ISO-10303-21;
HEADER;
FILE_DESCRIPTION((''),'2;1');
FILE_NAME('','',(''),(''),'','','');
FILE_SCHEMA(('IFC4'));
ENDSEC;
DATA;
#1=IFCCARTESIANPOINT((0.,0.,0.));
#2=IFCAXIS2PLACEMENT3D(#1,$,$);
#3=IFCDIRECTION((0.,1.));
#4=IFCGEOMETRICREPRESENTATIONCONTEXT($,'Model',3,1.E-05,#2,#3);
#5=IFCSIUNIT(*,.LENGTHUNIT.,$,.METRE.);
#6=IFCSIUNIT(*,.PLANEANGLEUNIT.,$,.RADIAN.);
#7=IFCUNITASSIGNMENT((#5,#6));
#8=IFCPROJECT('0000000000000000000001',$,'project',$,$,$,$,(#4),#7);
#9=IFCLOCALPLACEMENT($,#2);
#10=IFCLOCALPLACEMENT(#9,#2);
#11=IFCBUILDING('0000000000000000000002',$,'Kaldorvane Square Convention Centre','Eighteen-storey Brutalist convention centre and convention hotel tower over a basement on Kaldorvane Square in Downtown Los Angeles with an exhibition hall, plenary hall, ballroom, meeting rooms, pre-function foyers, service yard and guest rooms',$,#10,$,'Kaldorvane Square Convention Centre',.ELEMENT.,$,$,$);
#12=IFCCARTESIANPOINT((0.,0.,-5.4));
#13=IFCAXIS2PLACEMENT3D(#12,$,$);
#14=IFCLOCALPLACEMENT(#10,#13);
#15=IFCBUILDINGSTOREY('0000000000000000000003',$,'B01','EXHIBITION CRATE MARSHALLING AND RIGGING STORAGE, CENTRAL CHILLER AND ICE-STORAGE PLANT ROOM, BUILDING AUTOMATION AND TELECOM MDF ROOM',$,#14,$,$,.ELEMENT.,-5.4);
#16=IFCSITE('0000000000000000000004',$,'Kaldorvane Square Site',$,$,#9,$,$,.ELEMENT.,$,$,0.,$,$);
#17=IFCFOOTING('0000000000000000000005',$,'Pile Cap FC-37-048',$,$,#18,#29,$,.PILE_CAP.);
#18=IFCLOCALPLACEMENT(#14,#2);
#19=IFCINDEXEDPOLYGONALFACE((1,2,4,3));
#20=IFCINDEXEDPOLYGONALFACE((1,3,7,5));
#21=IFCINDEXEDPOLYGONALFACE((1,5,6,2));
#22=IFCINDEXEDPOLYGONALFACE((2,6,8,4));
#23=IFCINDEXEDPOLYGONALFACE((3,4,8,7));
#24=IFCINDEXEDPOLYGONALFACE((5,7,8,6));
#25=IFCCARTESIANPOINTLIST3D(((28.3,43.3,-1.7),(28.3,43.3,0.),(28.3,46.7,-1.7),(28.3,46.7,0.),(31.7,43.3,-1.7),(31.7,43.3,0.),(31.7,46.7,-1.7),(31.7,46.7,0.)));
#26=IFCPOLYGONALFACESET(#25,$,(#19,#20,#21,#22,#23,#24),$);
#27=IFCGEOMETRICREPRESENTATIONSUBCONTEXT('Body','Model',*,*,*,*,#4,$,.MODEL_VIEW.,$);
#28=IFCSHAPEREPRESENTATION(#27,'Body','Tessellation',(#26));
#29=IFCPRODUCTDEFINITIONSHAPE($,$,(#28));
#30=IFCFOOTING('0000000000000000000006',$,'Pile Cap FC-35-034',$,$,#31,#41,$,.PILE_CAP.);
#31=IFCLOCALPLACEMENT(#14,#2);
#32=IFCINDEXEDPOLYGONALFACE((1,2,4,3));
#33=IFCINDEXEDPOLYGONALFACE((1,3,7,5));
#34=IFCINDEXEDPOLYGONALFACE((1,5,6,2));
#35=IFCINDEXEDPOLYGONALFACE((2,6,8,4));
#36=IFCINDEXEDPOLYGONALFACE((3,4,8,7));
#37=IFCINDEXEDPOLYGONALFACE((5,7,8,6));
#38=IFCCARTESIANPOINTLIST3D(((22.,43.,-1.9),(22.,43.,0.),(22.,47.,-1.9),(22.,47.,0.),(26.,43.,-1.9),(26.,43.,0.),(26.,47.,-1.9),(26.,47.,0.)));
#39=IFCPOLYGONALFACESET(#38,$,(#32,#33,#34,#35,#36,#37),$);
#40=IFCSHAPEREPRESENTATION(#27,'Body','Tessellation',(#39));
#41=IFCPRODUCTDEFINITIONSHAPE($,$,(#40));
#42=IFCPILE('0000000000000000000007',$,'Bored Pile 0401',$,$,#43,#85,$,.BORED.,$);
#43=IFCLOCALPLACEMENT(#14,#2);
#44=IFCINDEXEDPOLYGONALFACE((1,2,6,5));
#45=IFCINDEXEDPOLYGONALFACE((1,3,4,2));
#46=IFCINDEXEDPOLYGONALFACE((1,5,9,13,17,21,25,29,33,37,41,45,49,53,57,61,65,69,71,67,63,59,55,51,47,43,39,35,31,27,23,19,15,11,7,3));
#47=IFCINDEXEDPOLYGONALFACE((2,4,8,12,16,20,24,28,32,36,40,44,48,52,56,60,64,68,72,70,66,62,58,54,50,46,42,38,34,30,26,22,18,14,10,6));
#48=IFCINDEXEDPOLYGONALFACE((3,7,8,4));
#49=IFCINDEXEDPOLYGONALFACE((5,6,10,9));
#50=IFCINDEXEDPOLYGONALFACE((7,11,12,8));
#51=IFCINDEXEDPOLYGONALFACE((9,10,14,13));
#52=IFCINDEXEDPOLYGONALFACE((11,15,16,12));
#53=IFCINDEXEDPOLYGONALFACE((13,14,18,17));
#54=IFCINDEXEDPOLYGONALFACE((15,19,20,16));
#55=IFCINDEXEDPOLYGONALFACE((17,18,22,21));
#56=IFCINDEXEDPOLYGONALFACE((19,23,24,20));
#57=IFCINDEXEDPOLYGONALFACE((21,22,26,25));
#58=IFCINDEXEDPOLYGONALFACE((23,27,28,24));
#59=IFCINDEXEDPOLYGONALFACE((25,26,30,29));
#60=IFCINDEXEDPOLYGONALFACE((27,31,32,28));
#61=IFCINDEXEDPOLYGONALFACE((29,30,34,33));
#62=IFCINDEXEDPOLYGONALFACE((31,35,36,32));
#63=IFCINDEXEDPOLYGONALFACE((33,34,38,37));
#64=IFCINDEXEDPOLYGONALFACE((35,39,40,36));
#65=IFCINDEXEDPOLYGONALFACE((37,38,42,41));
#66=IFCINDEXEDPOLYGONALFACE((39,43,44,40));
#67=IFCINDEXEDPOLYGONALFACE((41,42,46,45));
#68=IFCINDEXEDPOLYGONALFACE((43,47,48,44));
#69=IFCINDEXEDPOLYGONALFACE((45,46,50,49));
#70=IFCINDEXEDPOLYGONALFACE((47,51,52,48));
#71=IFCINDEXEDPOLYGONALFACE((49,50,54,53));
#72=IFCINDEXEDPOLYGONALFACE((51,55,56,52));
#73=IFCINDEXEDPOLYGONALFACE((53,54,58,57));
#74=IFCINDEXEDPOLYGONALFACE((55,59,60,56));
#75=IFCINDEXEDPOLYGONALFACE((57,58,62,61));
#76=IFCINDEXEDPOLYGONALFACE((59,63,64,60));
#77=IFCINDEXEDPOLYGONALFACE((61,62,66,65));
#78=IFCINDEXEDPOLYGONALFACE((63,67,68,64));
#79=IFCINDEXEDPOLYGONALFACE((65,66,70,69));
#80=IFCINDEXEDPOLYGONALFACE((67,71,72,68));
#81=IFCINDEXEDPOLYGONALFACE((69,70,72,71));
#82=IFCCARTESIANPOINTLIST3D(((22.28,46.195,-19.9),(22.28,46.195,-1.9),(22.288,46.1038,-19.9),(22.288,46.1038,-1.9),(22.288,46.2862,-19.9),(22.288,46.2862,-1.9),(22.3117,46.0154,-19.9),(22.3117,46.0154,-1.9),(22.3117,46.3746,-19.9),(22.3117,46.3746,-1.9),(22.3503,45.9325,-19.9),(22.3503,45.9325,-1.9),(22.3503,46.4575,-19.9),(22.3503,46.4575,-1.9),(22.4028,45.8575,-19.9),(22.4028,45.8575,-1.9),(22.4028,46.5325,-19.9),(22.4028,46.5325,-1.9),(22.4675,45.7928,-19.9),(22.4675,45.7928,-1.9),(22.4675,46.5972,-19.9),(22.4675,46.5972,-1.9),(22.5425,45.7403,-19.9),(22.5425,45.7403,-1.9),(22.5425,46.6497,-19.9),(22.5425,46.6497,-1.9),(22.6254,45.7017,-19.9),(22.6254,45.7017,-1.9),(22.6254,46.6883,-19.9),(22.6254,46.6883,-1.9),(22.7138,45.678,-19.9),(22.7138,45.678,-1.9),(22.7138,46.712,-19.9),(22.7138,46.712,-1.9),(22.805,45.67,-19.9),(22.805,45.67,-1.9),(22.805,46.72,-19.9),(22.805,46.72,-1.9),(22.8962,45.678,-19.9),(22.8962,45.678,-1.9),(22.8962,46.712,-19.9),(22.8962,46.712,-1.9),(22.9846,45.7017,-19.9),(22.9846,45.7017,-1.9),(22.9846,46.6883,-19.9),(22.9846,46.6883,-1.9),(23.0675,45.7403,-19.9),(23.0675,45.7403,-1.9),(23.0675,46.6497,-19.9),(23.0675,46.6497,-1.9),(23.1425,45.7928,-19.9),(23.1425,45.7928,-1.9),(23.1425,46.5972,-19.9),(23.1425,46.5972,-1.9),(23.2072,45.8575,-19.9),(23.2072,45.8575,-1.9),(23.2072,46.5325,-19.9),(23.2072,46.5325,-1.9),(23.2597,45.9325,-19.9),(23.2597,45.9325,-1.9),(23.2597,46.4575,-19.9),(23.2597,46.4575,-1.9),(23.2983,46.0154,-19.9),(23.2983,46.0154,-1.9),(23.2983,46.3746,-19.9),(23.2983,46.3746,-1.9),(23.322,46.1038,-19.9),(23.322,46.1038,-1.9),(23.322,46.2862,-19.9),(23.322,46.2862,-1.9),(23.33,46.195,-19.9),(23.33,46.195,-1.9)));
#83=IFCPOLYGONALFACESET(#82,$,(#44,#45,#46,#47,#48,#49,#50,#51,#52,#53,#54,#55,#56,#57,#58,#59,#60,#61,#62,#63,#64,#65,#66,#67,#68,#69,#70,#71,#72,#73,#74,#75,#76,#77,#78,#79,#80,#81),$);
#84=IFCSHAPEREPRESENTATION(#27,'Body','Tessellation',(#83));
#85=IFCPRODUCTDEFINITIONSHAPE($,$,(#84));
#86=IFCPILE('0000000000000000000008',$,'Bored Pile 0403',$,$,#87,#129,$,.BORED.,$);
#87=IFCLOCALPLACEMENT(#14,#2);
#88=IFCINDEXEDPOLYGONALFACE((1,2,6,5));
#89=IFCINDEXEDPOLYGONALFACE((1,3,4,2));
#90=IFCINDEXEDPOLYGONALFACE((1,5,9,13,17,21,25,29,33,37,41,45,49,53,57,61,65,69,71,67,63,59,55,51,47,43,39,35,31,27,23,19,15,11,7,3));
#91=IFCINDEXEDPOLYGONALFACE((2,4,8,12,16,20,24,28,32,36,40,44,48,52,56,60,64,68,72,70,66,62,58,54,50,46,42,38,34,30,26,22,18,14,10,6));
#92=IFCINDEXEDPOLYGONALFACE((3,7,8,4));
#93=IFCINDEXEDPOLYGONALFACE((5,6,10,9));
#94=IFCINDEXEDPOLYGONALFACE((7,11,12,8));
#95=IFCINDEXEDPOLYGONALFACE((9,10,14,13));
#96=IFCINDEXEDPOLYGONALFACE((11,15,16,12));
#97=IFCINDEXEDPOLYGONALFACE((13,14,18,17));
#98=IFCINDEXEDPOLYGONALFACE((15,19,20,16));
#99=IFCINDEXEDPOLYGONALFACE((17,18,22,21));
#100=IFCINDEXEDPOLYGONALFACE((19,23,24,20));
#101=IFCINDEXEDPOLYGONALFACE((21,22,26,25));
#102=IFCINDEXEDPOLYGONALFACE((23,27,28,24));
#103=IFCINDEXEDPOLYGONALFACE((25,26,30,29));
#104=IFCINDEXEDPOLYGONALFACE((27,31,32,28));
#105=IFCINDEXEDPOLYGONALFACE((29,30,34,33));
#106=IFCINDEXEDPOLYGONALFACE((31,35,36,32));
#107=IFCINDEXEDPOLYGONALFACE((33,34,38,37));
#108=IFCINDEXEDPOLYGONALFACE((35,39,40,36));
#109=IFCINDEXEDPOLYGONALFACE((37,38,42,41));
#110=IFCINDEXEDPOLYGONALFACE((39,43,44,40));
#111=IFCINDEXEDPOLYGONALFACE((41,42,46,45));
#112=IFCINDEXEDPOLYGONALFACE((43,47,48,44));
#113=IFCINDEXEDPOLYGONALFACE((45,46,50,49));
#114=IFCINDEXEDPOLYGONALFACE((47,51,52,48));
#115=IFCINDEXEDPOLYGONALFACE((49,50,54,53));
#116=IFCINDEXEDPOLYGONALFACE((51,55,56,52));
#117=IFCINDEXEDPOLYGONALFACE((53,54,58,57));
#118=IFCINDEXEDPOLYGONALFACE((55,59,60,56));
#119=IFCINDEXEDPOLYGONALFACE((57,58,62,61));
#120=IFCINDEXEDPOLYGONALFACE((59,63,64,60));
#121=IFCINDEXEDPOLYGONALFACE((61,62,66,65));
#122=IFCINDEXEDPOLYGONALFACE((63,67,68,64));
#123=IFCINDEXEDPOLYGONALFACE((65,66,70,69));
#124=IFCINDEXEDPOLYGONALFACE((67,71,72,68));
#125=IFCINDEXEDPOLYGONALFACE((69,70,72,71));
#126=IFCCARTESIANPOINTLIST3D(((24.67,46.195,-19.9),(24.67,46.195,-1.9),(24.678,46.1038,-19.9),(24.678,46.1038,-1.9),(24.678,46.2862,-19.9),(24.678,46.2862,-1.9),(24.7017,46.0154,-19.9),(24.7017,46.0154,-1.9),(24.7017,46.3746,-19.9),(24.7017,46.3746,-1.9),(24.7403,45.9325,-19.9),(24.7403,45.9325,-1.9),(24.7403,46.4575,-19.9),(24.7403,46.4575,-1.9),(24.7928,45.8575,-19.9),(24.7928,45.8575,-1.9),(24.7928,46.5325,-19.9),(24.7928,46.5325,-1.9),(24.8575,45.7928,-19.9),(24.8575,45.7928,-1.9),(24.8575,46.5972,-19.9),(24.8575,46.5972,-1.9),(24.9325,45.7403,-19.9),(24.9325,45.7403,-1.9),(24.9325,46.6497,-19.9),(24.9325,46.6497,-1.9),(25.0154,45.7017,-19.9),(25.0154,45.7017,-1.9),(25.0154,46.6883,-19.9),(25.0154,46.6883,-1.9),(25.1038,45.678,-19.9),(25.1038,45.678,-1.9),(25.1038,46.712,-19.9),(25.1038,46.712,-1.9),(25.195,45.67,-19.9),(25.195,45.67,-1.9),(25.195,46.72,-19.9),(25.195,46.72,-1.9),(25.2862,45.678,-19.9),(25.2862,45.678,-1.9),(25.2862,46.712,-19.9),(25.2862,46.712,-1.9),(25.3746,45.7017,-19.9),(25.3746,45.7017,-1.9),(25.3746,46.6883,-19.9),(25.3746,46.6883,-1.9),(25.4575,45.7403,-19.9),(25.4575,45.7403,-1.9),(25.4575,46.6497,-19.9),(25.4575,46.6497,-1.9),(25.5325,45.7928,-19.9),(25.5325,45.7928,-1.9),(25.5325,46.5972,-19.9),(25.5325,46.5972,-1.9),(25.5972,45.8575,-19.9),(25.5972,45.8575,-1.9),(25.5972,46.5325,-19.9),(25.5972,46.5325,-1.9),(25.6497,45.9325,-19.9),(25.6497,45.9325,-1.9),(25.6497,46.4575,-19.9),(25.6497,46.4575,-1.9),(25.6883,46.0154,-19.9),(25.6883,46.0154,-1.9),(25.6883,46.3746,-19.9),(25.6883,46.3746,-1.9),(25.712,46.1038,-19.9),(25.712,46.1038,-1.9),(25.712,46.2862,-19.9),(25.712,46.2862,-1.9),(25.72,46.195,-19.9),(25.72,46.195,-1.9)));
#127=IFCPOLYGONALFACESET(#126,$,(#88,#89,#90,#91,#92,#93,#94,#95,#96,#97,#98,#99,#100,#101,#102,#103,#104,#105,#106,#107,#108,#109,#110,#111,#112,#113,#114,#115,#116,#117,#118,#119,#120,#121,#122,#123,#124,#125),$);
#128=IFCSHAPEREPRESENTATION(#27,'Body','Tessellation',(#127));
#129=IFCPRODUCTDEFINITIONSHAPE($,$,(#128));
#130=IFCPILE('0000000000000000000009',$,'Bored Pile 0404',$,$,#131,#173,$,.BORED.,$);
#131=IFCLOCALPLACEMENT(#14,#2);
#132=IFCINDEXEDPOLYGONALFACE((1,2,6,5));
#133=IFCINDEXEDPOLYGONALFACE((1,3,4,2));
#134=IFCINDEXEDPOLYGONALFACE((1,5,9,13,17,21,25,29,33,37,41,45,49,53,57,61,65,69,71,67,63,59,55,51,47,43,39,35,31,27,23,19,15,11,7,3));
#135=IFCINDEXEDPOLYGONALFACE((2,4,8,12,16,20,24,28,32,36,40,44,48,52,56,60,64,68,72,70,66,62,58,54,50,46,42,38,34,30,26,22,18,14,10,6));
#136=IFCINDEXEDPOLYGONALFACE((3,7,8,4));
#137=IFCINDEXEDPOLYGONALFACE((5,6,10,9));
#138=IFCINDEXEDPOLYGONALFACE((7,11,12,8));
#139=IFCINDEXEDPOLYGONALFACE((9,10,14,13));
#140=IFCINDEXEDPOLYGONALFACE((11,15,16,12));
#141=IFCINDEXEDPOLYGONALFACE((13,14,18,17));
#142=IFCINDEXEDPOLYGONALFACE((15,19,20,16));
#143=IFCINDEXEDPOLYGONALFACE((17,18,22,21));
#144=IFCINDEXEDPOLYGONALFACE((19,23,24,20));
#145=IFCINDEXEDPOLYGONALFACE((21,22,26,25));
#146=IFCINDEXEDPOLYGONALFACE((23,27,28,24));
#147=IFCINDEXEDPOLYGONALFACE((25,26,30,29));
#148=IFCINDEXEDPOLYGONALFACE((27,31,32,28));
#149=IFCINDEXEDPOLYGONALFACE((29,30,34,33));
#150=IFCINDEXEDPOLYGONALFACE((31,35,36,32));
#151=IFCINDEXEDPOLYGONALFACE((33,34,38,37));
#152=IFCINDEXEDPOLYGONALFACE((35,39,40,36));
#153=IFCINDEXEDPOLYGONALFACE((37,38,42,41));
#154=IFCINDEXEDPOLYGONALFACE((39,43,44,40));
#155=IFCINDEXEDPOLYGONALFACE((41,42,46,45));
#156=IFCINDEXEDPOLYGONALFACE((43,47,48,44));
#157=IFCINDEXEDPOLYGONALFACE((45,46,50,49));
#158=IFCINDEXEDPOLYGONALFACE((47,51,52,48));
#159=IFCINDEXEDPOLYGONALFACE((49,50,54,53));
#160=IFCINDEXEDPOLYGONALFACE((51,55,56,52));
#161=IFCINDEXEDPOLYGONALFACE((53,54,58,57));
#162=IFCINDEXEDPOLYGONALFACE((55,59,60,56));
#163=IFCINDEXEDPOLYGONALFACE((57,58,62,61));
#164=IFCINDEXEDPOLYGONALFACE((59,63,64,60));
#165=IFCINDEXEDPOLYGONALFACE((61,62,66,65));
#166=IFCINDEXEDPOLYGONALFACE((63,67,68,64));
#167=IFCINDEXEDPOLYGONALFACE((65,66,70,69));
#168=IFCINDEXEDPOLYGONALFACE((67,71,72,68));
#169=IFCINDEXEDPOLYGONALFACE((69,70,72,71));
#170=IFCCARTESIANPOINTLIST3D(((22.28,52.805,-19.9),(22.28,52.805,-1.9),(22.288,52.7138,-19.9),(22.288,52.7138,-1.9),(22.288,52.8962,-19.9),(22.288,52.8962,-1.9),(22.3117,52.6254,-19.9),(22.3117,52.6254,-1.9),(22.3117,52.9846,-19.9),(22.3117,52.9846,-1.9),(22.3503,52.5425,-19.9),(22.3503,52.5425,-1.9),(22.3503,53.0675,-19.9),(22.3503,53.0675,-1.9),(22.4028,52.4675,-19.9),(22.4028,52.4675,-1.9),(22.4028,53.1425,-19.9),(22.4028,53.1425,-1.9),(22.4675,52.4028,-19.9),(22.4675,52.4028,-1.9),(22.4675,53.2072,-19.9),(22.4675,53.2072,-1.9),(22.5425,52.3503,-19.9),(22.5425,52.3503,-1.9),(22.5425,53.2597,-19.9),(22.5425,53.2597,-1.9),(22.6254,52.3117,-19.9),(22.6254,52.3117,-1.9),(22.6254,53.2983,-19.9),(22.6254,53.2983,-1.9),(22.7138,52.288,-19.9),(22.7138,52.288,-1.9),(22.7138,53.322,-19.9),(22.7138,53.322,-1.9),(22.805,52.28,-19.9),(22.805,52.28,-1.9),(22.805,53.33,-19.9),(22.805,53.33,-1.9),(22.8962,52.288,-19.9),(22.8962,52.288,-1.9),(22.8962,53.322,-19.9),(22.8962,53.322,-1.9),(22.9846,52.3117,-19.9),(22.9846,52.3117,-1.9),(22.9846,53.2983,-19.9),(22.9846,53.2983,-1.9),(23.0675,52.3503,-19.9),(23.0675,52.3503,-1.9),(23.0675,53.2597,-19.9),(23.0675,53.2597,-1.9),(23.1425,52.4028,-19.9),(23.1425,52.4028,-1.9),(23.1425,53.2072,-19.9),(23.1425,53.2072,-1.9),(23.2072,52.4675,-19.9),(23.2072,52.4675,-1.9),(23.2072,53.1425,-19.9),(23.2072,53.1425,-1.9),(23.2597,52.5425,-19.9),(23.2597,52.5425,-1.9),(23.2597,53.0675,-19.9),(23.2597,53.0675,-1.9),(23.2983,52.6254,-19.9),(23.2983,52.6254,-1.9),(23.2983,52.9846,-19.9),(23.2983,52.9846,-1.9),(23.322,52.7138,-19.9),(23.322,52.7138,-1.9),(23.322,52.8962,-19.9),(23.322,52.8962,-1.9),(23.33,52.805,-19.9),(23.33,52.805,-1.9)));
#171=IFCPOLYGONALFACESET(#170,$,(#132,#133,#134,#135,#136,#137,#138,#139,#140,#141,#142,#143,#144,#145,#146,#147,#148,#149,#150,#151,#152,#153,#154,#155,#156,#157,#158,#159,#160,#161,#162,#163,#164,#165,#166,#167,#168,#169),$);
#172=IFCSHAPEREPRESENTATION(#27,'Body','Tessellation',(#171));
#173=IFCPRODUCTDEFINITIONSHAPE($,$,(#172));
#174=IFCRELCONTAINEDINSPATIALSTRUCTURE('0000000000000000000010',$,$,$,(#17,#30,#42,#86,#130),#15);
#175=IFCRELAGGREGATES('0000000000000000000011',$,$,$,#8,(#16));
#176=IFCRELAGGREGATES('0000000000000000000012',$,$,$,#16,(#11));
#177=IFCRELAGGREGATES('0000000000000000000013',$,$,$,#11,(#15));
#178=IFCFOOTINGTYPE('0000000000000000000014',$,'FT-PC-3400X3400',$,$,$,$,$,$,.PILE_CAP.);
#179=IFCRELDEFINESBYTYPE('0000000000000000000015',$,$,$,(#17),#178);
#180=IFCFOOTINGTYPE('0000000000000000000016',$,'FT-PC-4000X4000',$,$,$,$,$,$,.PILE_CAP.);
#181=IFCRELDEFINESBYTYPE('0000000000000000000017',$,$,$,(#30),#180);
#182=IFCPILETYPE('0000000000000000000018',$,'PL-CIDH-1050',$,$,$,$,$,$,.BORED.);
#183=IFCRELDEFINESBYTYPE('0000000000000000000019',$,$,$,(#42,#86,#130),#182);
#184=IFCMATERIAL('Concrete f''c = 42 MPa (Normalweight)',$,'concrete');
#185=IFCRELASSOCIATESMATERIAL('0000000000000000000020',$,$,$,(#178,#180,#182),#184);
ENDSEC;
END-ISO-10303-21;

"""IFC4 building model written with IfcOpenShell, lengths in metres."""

from ifc_helpers import new_model, si_unit, direction, frame, origin, origin_2d, place, context, subcontext, project, spatial, rectangle, circle, extrude, material, material_profile, profile_set, type_object, element, save


model = new_model("IFC4")

# Units and contexts
model_context = context("Model", 3, precision=1e-05, world=origin(), true_north=direction((0.0, 1.0)))
body_context = subcontext(model_context, "Body", "Model", "MODEL_VIEW")
ifc_project = project(units=[si_unit("LENGTHUNIT", "METRE"), si_unit("PLANEANGLEUNIT", "RADIAN")], contexts=[model_context])

# Site, building, storey
site_placement = place(None, origin())
site = spatial("IfcSite", under=ifc_project, at=site_placement, Name="Kaldorvane Square Site", CompositionType="ELEMENT", RefElevation=0.0)
building_placement = place(site_placement, origin())
building = spatial("IfcBuilding", under=site, at=building_placement, Name="Kaldorvane Square Convention Centre", Description="Eighteen-storey Brutalist convention centre and convention hotel tower over a basement on Kaldorvane Square in Downtown Los Angeles with an exhibition hall, plenary hall, ballroom, meeting rooms, pre-function foyers, service yard and guest rooms", LongName="Kaldorvane Square Convention Centre", CompositionType="ELEMENT")
storey_placement = place(building_placement, frame((0.0, 0.0, -5.4)))
storey = spatial("IfcBuildingStorey", under=building, at=storey_placement, Name="B01", Description="EXHIBITION CRATE MARSHALLING AND RIGGING STORAGE, CENTRAL CHILLER AND ICE-STORAGE PLANT ROOM, BUILDING AUTOMATION AND TELECOM MDF ROOM", CompositionType="ELEMENT", Elevation=-5.4)

# Footings
ifc_material_1 = material(Name="Concrete f'c = 42 MPa (Normalweight)", Category="concrete")
footing_type_1 = type_object("IfcFootingType", Name="FT-PC-3400X3400", PredefinedType="PILE_CAP", material=ifc_material_1)
footing_1_placement = place(storey_placement, frame((30.0, 45.0, -1.7), z_axis=(0.0, 0.0, 1.0), x_axis=(1.0, 0.0, 0.0)))
element("IfcFooting", 1, at=footing_1_placement, inside=storey, type_object=footing_type_1, Name="Pile Cap FC-37-048", PredefinedType="PILE_CAP", context=body_context, shape_type="SweptSolid", body=[
    extrude(rectangle(XDim=3.4, YDim=3.4, at=origin_2d()), origin(), (0.0, 0.0, 1.0), 1.7),
])
footing_type_2 = type_object("IfcFootingType", Name="FT-PC-4000X4000", PredefinedType="PILE_CAP", material=ifc_material_1)
footing_2_placement = place(storey_placement, frame((24.0, 45.0, -1.9), z_axis=(0.0, 0.0, 1.0), x_axis=(1.0, 0.0, 0.0)))
element("IfcFooting", 2, at=footing_2_placement, inside=storey, type_object=footing_type_2, Name="Pile Cap FC-35-034", PredefinedType="PILE_CAP", context=body_context, shape_type="SweptSolid", body=[
    extrude(rectangle(XDim=4.0, YDim=4.0, at=origin_2d()), origin(), (0.0, 0.0, 1.0), 1.9),
])

# Piles
ifc_material_profile_1 = material_profile(ifc_material_1, circle(Radius=0.525, at=origin_2d()), Name="PILE-D1050")
ifc_profile_set_1 = profile_set([ifc_material_profile_1], Name="Concrete f'c = 42 MPa (Normalweight)")
pile_type_1 = type_object("IfcPileType", Name="PL-CIDH-1050", PredefinedType="BORED", material=ifc_profile_set_1)
for number, where, z_axis, x_axis, name in (
    (3, (22.805, 46.195, -1.9), (0.0, 0.0, -1.0), (1.0, 0.0, 0.0), "Bored Pile 0401"),
    (4, (25.195, 46.195, -1.9), (0.0, 0.0, -1.0), (1.0, 0.0, 0.0), "Bored Pile 0403"),
    (5, (22.805, 52.805, -1.9), (0.0, 0.0, -1.0), (1.0, 0.0, 0.0), "Bored Pile 0404"),
):
    element("IfcPile", number, at=place(storey_placement, frame(where, z_axis=z_axis, x_axis=x_axis)), inside=storey, type_object=pile_type_1, Name=name, PredefinedType="BORED", context=body_context, shape_type="SweptSolid", body=[
        extrude(circle(Radius=0.525, at=origin_2d()), origin(), (0.0, 0.0, 1.0), 18.0),
    ])

save(model, "model.ifc")
